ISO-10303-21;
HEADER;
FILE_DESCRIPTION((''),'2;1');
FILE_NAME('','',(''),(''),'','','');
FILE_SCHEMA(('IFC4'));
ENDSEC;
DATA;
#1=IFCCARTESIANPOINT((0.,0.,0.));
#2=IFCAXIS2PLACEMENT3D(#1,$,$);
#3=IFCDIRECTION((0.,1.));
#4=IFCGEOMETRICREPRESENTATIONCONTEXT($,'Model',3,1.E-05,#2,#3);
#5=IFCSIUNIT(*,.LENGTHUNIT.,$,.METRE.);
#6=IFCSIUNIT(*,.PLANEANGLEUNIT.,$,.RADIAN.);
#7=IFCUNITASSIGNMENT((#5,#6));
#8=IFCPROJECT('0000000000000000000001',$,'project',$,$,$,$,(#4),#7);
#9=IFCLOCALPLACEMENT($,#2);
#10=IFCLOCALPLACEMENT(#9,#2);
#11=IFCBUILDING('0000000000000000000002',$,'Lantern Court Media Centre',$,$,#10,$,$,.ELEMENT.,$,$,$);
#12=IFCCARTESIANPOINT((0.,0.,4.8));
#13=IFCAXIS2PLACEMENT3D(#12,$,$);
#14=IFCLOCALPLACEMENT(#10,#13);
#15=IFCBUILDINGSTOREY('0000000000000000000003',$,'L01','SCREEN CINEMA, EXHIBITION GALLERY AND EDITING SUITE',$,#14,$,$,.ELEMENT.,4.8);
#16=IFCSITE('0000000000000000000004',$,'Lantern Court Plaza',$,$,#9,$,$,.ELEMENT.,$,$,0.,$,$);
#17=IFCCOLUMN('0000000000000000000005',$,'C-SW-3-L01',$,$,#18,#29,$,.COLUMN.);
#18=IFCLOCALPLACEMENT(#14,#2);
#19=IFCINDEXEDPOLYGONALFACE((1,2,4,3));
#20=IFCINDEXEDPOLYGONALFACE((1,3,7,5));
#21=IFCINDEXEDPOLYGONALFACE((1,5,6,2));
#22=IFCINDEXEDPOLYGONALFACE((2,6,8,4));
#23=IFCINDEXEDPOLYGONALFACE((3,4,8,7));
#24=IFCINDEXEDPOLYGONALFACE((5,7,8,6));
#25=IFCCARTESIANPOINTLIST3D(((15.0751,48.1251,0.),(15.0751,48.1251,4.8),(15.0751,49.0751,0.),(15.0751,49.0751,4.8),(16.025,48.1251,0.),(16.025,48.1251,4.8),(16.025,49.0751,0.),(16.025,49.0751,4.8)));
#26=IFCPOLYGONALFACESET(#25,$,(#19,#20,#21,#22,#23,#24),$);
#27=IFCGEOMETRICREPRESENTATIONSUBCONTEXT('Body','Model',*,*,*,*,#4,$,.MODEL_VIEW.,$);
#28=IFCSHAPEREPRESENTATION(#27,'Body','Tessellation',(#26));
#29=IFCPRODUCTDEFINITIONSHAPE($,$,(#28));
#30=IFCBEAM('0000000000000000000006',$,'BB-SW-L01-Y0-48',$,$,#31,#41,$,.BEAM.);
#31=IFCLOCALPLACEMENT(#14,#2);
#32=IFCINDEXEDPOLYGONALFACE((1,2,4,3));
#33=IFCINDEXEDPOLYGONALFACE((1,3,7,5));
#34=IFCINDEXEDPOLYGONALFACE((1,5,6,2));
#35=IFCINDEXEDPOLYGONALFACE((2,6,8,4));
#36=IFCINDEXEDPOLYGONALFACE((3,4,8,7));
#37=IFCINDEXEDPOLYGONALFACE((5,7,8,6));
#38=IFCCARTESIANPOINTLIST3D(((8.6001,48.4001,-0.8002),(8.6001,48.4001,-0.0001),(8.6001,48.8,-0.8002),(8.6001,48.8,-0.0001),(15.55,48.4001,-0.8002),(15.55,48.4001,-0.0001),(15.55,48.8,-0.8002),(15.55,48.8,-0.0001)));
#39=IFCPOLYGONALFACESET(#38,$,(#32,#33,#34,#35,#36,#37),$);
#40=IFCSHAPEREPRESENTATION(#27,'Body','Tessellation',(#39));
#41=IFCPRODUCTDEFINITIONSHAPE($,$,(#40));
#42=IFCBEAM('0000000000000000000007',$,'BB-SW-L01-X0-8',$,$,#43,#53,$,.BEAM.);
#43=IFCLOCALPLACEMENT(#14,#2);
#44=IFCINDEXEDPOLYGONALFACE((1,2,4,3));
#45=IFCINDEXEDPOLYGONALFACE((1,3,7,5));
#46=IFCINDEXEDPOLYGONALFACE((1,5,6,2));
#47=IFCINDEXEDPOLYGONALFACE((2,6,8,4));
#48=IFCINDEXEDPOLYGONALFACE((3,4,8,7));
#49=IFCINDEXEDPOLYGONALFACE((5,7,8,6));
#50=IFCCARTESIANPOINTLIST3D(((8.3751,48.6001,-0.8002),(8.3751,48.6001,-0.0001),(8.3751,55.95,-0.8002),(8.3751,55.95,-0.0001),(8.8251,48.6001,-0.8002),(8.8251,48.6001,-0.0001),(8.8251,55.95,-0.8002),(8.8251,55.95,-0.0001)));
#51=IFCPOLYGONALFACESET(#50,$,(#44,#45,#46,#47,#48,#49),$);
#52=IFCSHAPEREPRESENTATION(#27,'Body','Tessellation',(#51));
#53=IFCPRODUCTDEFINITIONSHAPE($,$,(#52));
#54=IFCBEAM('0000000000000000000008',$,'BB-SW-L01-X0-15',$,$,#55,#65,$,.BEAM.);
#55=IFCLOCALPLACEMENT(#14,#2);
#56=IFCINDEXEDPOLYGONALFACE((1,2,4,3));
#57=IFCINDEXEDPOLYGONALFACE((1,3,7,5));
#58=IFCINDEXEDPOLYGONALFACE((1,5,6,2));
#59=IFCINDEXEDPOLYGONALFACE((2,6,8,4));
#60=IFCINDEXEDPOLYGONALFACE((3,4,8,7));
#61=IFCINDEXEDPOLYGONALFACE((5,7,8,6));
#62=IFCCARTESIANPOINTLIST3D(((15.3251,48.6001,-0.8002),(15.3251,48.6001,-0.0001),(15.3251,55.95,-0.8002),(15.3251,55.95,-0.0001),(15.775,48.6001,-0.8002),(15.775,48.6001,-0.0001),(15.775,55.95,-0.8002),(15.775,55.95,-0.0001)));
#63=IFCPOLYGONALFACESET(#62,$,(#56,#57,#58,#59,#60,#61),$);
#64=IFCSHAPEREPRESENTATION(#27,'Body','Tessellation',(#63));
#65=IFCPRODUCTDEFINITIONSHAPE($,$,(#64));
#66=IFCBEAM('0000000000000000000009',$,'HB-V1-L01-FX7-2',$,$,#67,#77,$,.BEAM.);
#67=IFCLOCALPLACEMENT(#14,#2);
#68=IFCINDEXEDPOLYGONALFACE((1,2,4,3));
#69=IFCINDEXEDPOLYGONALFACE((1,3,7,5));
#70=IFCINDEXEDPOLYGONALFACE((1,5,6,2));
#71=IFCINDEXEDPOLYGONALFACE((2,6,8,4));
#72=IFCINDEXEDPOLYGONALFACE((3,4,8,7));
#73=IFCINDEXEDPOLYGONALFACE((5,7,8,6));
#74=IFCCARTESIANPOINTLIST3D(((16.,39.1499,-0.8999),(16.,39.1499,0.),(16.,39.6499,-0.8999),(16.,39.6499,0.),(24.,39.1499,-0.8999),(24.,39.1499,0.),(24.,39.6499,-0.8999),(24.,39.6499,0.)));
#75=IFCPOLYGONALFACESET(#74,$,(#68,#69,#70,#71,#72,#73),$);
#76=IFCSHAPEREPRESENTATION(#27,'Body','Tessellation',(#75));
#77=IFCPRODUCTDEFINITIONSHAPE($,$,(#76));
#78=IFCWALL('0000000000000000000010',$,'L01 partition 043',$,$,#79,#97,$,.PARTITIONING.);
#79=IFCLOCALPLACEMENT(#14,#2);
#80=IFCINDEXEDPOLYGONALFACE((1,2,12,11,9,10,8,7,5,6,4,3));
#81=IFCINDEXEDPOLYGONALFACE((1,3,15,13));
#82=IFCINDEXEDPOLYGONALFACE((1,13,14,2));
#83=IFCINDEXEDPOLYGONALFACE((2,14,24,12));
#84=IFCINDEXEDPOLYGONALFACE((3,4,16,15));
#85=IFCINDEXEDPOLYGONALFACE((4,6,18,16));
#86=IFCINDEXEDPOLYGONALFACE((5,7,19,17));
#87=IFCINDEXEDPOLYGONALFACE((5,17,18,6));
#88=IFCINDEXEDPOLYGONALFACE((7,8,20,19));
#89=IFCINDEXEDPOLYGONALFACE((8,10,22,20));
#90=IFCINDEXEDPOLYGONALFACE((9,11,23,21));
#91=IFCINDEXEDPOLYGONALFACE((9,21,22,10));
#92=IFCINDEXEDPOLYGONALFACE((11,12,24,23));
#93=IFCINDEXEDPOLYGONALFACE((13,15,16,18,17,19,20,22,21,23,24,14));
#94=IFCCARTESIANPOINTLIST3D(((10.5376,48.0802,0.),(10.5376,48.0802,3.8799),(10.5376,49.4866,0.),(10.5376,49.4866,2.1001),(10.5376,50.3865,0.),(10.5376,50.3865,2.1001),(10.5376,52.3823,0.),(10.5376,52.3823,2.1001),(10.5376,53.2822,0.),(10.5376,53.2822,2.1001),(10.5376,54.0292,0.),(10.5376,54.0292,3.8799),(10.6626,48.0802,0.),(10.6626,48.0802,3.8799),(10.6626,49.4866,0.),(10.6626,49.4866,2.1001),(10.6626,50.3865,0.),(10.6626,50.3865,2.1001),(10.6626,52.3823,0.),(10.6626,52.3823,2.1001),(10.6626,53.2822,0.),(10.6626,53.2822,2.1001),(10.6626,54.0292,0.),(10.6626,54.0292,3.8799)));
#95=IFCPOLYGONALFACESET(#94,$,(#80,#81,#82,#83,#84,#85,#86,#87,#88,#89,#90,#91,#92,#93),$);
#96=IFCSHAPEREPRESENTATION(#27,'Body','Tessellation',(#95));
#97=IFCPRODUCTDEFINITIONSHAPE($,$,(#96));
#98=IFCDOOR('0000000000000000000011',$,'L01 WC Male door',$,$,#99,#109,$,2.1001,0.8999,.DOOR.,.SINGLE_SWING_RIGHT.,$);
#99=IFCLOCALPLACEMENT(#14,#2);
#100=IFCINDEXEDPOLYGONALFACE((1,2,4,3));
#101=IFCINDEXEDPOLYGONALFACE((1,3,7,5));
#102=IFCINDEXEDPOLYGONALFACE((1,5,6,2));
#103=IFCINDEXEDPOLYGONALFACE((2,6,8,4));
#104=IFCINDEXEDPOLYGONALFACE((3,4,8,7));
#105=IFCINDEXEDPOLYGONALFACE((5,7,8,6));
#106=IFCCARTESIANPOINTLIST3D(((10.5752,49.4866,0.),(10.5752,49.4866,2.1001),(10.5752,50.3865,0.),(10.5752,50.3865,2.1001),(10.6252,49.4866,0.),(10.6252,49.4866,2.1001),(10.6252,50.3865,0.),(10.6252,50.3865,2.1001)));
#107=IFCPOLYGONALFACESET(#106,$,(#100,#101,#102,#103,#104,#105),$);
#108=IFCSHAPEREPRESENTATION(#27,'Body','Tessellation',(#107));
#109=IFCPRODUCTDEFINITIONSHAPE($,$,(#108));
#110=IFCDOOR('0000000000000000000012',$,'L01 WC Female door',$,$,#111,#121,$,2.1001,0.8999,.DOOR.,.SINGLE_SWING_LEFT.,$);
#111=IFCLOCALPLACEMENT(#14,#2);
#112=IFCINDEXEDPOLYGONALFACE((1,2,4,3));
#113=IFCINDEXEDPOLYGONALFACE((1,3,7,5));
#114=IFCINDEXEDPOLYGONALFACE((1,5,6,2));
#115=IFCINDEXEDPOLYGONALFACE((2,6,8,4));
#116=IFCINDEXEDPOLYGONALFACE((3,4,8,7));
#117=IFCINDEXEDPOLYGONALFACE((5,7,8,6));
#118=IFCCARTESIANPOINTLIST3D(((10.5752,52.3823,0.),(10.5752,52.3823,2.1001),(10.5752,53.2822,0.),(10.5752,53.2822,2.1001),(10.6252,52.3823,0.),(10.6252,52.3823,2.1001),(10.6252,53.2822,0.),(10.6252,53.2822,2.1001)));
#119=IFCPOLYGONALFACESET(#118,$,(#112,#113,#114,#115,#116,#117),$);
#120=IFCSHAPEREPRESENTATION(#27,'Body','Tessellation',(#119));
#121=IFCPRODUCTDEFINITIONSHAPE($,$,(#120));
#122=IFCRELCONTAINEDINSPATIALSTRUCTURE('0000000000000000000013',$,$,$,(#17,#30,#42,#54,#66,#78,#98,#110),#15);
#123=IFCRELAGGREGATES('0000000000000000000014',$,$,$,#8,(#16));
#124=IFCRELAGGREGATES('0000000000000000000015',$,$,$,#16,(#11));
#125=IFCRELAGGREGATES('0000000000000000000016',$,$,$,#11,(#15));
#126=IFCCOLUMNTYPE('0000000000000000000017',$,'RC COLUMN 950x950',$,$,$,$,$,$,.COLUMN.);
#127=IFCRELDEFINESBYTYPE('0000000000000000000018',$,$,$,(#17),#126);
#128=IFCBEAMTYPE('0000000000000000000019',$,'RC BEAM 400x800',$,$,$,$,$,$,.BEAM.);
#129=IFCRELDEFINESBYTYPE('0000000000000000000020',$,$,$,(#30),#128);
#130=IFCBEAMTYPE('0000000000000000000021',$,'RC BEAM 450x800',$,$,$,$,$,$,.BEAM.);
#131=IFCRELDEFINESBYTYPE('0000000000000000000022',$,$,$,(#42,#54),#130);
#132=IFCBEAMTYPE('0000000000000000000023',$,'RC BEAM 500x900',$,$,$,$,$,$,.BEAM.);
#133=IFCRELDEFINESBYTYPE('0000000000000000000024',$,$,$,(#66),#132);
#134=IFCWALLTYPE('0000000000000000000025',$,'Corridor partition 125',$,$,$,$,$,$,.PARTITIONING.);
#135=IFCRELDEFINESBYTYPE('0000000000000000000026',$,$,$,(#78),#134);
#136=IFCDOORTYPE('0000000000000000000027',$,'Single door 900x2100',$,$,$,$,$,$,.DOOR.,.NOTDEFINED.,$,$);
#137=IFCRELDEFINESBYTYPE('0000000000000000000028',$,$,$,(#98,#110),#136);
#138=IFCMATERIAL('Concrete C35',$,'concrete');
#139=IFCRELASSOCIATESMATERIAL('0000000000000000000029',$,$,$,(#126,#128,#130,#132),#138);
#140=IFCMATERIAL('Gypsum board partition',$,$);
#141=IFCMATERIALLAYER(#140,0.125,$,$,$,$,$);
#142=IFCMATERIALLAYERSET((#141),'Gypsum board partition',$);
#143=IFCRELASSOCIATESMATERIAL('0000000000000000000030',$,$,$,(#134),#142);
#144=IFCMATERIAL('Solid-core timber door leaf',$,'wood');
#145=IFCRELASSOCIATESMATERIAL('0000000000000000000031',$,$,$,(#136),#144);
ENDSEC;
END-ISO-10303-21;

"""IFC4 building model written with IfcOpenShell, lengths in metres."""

from ifc_helpers import new_model, si_unit, direction, frame, frame_2d, origin, origin_2d, place, context, subcontext, project, spatial, rectangle, extrude, material, layer, layer_set, material_profile, profile_set, type_object, element, fill, save


model = new_model("IFC4")

# Units and contexts
model_context = context("Model", 3, precision=1e-05, world=origin(), true_north=direction((0.0, 1.0)))
body_context = subcontext(model_context, "Body", "Model", "MODEL_VIEW")
ifc_project = project(units=[si_unit("LENGTHUNIT", "METRE"), si_unit("PLANEANGLEUNIT", "RADIAN")], contexts=[model_context])

# Site, building, storey
site_placement = place(None, origin())
site = spatial("IfcSite", under=ifc_project, at=site_placement, Name="Lantern Court Plaza", CompositionType="ELEMENT", RefElevation=0.0)
building_placement = place(site_placement, origin())
building = spatial("IfcBuilding", under=site, at=building_placement, Name="Lantern Court Media Centre", CompositionType="ELEMENT")
storey_placement = place(building_placement, frame((0.0, 0.0, 4.8)))
storey = spatial("IfcBuildingStorey", under=building, at=storey_placement, Name="L01", Description="SCREEN CINEMA, EXHIBITION GALLERY AND EDITING SUITE", CompositionType="ELEMENT", Elevation=4.8)

# Column
ifc_material_1 = material(Name="Concrete C35", Category="concrete")
ifc_material_profile_1 = material_profile(ifc_material_1, rectangle(XDim=0.95, YDim=0.95, at=origin_2d()), Name="RC 950x950")
ifc_profile_set_1 = profile_set([ifc_material_profile_1], Name="Concrete C35")
column_type = type_object("IfcColumnType", Name="RC COLUMN 950x950", PredefinedType="COLUMN", material=ifc_profile_set_1)
column_placement = place(storey_placement, frame((15.55, 48.6001, 0.0), z_axis=(0.0, 0.0, 1.0), x_axis=(1.0, 0.0, 0.0)))
element("IfcColumn", 1, at=column_placement, inside=storey, type_object=column_type, Name="C-SW-3-L01", PredefinedType="COLUMN", context=body_context, shape_type="SweptSolid", body=[
    extrude(rectangle(XDim=0.95, YDim=0.95, at=origin_2d()), origin(), (0.0, 0.0, 1.0), 4.8),
])

# Beams
ifc_material_profile_2 = material_profile(ifc_material_1, rectangle(XDim=0.3999, YDim=0.8, at=origin_2d()), Name="RC 400x800")
ifc_profile_set_2 = profile_set([ifc_material_profile_2], Name="Concrete C35")
beam_type_1 = type_object("IfcBeamType", Name="RC BEAM 400x800", PredefinedType="BEAM", material=ifc_profile_set_2)
beam_1_placement = place(storey_placement, frame((8.6001, 48.6001, -0.4001), z_axis=(1.0, 0.0, 0.0), x_axis=(0.0, 1.0, 0.0)))
element("IfcBeam", 2, at=beam_1_placement, inside=storey, type_object=beam_type_1, Name="BB-SW-L01-Y0-48", PredefinedType="BEAM", context=body_context, shape_type="SweptSolid", body=[
    extrude(rectangle(XDim=0.3999, YDim=0.8, at=origin_2d()), origin(), (0.0, 0.0, 1.0), 6.95),
])
ifc_material_profile_3 = material_profile(ifc_material_1, rectangle(XDim=0.45, YDim=0.8, at=origin_2d()), Name="RC 450x800")
ifc_profile_set_3 = profile_set([ifc_material_profile_3], Name="Concrete C35")
beam_type_2 = type_object("IfcBeamType", Name="RC BEAM 450x800", PredefinedType="BEAM", material=ifc_profile_set_3)
for number, where, z_axis, x_axis, name in (
    (3, (8.6001, 48.6001, -0.4001), (0.0, 1.0, 0.0), (-1.0, 0.0, 0.0), "BB-SW-L01-X0-8"),
    (4, (15.55, 48.6001, -0.4001), (0.0, 1.0, 0.0), (-1.0, 0.0, 0.0), "BB-SW-L01-X0-15"),
):
    element("IfcBeam", number, at=place(storey_placement, frame(where, z_axis=z_axis, x_axis=x_axis)), inside=storey, type_object=beam_type_2, Name=name, PredefinedType="BEAM", context=body_context, shape_type="SweptSolid", body=[
        extrude(rectangle(XDim=0.45, YDim=0.8, at=origin_2d()), origin(), (0.0, 0.0, 1.0), 7.3499),
    ])
ifc_material_profile_4 = material_profile(ifc_material_1, rectangle(XDim=0.5, YDim=0.8999, at=origin_2d()), Name="RC 500x900")
ifc_profile_set_4 = profile_set([ifc_material_profile_4], Name="Concrete C35")
beam_type_3 = type_object("IfcBeamType", Name="RC BEAM 500x900", PredefinedType="BEAM", material=ifc_profile_set_4)
beam_2_placement = place(storey_placement, frame((16.0, 39.3999, -0.45), z_axis=(1.0, 0.0, 0.0), x_axis=(0.0, 1.0, 0.0)))
element("IfcBeam", 5, at=beam_2_placement, inside=storey, type_object=beam_type_3, Name="HB-V1-L01-FX7-2", PredefinedType="BEAM", context=body_context, shape_type="SweptSolid", body=[
    extrude(rectangle(XDim=0.5, YDim=0.8999, at=origin_2d()), origin(), (0.0, 0.0, 1.0), 8.0),
])

# Wall, openings, doors
ifc_material_2 = material(Name="Gypsum board partition")
ifc_layer_1 = layer(ifc_material_2, 0.125)
ifc_layer_set_1 = layer_set([ifc_layer_1], Name="Gypsum board partition")
wall_type_1 = type_object("IfcWallType", Name="Corridor partition 125", PredefinedType="PARTITIONING", material=ifc_layer_set_1)
wall_1_placement = place(storey_placement, frame((10.6001, 48.0801, 0.0), z_axis=(0.0, 0.0, 1.0), x_axis=(0.0, 1.0, 0.0)))
wall_1 = element("IfcWall", 6, at=wall_1_placement, inside=storey, type_object=wall_type_1, Name="L01 partition 043", PredefinedType="PARTITIONING", context=body_context, shape_type="SweptSolid", body=[
    extrude(rectangle(XDim=5.949, YDim=0.125, at=frame_2d((2.9746, 0.0))), origin(), (0.0, 0.0, 1.0), 3.8799),
])
opening_1_placement = place(wall_1_placement, frame((1.4065, 0.0, 0.0)))
opening_1 = element("IfcOpeningElement", 7, at=opening_1_placement, cuts=wall_1, PredefinedType="OPENING", context=body_context, shape_type="SweptSolid", body=[
    extrude(rectangle(XDim=0.8999, YDim=2.1001, at=frame_2d((0.45, 1.05))), frame((0.0, 0.0725, 0.0), z_axis=(0.0, -1.0, 0.0), x_axis=(1.0, 0.0, 0.0)), (0.0, 0.0, 1.0), 0.145),
])
opening_2_placement = place(wall_1_placement, frame((4.3022, 0.0, 0.0)))
opening_2 = element("IfcOpeningElement", 8, at=opening_2_placement, cuts=wall_1, PredefinedType="OPENING", context=body_context, shape_type="SweptSolid", body=[
    extrude(rectangle(XDim=0.8999, YDim=2.1001, at=frame_2d((0.45, 1.05))), frame((0.0, 0.0725, 0.0), z_axis=(0.0, -1.0, 0.0), x_axis=(1.0, 0.0, 0.0)), (0.0, 0.0, 1.0), 0.145),
])
ifc_material_3 = material(Name="Solid-core timber door leaf", Category="wood")
door_type_1 = type_object("IfcDoorType", Name="Single door 900x2100", OperationType="NOTDEFINED", PredefinedType="DOOR", material=ifc_material_3)
door_1_placement = place(opening_1_placement, origin())
door_1 = element("IfcDoor", 9, at=door_1_placement, inside=storey, type_object=door_type_1, Name="L01 WC Male door", OperationType="SINGLE_SWING_RIGHT", OverallHeight=2.1001, OverallWidth=0.8999, PredefinedType="DOOR", context=body_context, shape_type="SweptSolid", body=[
    extrude(rectangle(XDim=0.8999, YDim=2.1001, at=frame_2d((0.45, 1.05))), frame((0.0, 0.0249, 0.0), z_axis=(0.0, -1.0, 0.0), x_axis=(1.0, 0.0, 0.0)), (0.0, 0.0, 1.0), 0.05),
])
fill(opening_1, door_1)
door_2_placement = place(opening_2_placement, origin())
door_2 = element("IfcDoor", 10, at=door_2_placement, inside=storey, type_object=door_type_1, Name="L01 WC Female door", OperationType="SINGLE_SWING_LEFT", OverallHeight=2.1001, OverallWidth=0.8999, PredefinedType="DOOR", context=body_context, shape_type="SweptSolid", body=[
    extrude(rectangle(XDim=0.8999, YDim=2.1001, at=frame_2d((0.45, 1.05))), frame((0.0, 0.0249, 0.0), z_axis=(0.0, -1.0, 0.0), x_axis=(1.0, 0.0, 0.0)), (0.0, 0.0, 1.0), 0.05),
])
fill(opening_2, door_2)

save(model, "model.ifc")
